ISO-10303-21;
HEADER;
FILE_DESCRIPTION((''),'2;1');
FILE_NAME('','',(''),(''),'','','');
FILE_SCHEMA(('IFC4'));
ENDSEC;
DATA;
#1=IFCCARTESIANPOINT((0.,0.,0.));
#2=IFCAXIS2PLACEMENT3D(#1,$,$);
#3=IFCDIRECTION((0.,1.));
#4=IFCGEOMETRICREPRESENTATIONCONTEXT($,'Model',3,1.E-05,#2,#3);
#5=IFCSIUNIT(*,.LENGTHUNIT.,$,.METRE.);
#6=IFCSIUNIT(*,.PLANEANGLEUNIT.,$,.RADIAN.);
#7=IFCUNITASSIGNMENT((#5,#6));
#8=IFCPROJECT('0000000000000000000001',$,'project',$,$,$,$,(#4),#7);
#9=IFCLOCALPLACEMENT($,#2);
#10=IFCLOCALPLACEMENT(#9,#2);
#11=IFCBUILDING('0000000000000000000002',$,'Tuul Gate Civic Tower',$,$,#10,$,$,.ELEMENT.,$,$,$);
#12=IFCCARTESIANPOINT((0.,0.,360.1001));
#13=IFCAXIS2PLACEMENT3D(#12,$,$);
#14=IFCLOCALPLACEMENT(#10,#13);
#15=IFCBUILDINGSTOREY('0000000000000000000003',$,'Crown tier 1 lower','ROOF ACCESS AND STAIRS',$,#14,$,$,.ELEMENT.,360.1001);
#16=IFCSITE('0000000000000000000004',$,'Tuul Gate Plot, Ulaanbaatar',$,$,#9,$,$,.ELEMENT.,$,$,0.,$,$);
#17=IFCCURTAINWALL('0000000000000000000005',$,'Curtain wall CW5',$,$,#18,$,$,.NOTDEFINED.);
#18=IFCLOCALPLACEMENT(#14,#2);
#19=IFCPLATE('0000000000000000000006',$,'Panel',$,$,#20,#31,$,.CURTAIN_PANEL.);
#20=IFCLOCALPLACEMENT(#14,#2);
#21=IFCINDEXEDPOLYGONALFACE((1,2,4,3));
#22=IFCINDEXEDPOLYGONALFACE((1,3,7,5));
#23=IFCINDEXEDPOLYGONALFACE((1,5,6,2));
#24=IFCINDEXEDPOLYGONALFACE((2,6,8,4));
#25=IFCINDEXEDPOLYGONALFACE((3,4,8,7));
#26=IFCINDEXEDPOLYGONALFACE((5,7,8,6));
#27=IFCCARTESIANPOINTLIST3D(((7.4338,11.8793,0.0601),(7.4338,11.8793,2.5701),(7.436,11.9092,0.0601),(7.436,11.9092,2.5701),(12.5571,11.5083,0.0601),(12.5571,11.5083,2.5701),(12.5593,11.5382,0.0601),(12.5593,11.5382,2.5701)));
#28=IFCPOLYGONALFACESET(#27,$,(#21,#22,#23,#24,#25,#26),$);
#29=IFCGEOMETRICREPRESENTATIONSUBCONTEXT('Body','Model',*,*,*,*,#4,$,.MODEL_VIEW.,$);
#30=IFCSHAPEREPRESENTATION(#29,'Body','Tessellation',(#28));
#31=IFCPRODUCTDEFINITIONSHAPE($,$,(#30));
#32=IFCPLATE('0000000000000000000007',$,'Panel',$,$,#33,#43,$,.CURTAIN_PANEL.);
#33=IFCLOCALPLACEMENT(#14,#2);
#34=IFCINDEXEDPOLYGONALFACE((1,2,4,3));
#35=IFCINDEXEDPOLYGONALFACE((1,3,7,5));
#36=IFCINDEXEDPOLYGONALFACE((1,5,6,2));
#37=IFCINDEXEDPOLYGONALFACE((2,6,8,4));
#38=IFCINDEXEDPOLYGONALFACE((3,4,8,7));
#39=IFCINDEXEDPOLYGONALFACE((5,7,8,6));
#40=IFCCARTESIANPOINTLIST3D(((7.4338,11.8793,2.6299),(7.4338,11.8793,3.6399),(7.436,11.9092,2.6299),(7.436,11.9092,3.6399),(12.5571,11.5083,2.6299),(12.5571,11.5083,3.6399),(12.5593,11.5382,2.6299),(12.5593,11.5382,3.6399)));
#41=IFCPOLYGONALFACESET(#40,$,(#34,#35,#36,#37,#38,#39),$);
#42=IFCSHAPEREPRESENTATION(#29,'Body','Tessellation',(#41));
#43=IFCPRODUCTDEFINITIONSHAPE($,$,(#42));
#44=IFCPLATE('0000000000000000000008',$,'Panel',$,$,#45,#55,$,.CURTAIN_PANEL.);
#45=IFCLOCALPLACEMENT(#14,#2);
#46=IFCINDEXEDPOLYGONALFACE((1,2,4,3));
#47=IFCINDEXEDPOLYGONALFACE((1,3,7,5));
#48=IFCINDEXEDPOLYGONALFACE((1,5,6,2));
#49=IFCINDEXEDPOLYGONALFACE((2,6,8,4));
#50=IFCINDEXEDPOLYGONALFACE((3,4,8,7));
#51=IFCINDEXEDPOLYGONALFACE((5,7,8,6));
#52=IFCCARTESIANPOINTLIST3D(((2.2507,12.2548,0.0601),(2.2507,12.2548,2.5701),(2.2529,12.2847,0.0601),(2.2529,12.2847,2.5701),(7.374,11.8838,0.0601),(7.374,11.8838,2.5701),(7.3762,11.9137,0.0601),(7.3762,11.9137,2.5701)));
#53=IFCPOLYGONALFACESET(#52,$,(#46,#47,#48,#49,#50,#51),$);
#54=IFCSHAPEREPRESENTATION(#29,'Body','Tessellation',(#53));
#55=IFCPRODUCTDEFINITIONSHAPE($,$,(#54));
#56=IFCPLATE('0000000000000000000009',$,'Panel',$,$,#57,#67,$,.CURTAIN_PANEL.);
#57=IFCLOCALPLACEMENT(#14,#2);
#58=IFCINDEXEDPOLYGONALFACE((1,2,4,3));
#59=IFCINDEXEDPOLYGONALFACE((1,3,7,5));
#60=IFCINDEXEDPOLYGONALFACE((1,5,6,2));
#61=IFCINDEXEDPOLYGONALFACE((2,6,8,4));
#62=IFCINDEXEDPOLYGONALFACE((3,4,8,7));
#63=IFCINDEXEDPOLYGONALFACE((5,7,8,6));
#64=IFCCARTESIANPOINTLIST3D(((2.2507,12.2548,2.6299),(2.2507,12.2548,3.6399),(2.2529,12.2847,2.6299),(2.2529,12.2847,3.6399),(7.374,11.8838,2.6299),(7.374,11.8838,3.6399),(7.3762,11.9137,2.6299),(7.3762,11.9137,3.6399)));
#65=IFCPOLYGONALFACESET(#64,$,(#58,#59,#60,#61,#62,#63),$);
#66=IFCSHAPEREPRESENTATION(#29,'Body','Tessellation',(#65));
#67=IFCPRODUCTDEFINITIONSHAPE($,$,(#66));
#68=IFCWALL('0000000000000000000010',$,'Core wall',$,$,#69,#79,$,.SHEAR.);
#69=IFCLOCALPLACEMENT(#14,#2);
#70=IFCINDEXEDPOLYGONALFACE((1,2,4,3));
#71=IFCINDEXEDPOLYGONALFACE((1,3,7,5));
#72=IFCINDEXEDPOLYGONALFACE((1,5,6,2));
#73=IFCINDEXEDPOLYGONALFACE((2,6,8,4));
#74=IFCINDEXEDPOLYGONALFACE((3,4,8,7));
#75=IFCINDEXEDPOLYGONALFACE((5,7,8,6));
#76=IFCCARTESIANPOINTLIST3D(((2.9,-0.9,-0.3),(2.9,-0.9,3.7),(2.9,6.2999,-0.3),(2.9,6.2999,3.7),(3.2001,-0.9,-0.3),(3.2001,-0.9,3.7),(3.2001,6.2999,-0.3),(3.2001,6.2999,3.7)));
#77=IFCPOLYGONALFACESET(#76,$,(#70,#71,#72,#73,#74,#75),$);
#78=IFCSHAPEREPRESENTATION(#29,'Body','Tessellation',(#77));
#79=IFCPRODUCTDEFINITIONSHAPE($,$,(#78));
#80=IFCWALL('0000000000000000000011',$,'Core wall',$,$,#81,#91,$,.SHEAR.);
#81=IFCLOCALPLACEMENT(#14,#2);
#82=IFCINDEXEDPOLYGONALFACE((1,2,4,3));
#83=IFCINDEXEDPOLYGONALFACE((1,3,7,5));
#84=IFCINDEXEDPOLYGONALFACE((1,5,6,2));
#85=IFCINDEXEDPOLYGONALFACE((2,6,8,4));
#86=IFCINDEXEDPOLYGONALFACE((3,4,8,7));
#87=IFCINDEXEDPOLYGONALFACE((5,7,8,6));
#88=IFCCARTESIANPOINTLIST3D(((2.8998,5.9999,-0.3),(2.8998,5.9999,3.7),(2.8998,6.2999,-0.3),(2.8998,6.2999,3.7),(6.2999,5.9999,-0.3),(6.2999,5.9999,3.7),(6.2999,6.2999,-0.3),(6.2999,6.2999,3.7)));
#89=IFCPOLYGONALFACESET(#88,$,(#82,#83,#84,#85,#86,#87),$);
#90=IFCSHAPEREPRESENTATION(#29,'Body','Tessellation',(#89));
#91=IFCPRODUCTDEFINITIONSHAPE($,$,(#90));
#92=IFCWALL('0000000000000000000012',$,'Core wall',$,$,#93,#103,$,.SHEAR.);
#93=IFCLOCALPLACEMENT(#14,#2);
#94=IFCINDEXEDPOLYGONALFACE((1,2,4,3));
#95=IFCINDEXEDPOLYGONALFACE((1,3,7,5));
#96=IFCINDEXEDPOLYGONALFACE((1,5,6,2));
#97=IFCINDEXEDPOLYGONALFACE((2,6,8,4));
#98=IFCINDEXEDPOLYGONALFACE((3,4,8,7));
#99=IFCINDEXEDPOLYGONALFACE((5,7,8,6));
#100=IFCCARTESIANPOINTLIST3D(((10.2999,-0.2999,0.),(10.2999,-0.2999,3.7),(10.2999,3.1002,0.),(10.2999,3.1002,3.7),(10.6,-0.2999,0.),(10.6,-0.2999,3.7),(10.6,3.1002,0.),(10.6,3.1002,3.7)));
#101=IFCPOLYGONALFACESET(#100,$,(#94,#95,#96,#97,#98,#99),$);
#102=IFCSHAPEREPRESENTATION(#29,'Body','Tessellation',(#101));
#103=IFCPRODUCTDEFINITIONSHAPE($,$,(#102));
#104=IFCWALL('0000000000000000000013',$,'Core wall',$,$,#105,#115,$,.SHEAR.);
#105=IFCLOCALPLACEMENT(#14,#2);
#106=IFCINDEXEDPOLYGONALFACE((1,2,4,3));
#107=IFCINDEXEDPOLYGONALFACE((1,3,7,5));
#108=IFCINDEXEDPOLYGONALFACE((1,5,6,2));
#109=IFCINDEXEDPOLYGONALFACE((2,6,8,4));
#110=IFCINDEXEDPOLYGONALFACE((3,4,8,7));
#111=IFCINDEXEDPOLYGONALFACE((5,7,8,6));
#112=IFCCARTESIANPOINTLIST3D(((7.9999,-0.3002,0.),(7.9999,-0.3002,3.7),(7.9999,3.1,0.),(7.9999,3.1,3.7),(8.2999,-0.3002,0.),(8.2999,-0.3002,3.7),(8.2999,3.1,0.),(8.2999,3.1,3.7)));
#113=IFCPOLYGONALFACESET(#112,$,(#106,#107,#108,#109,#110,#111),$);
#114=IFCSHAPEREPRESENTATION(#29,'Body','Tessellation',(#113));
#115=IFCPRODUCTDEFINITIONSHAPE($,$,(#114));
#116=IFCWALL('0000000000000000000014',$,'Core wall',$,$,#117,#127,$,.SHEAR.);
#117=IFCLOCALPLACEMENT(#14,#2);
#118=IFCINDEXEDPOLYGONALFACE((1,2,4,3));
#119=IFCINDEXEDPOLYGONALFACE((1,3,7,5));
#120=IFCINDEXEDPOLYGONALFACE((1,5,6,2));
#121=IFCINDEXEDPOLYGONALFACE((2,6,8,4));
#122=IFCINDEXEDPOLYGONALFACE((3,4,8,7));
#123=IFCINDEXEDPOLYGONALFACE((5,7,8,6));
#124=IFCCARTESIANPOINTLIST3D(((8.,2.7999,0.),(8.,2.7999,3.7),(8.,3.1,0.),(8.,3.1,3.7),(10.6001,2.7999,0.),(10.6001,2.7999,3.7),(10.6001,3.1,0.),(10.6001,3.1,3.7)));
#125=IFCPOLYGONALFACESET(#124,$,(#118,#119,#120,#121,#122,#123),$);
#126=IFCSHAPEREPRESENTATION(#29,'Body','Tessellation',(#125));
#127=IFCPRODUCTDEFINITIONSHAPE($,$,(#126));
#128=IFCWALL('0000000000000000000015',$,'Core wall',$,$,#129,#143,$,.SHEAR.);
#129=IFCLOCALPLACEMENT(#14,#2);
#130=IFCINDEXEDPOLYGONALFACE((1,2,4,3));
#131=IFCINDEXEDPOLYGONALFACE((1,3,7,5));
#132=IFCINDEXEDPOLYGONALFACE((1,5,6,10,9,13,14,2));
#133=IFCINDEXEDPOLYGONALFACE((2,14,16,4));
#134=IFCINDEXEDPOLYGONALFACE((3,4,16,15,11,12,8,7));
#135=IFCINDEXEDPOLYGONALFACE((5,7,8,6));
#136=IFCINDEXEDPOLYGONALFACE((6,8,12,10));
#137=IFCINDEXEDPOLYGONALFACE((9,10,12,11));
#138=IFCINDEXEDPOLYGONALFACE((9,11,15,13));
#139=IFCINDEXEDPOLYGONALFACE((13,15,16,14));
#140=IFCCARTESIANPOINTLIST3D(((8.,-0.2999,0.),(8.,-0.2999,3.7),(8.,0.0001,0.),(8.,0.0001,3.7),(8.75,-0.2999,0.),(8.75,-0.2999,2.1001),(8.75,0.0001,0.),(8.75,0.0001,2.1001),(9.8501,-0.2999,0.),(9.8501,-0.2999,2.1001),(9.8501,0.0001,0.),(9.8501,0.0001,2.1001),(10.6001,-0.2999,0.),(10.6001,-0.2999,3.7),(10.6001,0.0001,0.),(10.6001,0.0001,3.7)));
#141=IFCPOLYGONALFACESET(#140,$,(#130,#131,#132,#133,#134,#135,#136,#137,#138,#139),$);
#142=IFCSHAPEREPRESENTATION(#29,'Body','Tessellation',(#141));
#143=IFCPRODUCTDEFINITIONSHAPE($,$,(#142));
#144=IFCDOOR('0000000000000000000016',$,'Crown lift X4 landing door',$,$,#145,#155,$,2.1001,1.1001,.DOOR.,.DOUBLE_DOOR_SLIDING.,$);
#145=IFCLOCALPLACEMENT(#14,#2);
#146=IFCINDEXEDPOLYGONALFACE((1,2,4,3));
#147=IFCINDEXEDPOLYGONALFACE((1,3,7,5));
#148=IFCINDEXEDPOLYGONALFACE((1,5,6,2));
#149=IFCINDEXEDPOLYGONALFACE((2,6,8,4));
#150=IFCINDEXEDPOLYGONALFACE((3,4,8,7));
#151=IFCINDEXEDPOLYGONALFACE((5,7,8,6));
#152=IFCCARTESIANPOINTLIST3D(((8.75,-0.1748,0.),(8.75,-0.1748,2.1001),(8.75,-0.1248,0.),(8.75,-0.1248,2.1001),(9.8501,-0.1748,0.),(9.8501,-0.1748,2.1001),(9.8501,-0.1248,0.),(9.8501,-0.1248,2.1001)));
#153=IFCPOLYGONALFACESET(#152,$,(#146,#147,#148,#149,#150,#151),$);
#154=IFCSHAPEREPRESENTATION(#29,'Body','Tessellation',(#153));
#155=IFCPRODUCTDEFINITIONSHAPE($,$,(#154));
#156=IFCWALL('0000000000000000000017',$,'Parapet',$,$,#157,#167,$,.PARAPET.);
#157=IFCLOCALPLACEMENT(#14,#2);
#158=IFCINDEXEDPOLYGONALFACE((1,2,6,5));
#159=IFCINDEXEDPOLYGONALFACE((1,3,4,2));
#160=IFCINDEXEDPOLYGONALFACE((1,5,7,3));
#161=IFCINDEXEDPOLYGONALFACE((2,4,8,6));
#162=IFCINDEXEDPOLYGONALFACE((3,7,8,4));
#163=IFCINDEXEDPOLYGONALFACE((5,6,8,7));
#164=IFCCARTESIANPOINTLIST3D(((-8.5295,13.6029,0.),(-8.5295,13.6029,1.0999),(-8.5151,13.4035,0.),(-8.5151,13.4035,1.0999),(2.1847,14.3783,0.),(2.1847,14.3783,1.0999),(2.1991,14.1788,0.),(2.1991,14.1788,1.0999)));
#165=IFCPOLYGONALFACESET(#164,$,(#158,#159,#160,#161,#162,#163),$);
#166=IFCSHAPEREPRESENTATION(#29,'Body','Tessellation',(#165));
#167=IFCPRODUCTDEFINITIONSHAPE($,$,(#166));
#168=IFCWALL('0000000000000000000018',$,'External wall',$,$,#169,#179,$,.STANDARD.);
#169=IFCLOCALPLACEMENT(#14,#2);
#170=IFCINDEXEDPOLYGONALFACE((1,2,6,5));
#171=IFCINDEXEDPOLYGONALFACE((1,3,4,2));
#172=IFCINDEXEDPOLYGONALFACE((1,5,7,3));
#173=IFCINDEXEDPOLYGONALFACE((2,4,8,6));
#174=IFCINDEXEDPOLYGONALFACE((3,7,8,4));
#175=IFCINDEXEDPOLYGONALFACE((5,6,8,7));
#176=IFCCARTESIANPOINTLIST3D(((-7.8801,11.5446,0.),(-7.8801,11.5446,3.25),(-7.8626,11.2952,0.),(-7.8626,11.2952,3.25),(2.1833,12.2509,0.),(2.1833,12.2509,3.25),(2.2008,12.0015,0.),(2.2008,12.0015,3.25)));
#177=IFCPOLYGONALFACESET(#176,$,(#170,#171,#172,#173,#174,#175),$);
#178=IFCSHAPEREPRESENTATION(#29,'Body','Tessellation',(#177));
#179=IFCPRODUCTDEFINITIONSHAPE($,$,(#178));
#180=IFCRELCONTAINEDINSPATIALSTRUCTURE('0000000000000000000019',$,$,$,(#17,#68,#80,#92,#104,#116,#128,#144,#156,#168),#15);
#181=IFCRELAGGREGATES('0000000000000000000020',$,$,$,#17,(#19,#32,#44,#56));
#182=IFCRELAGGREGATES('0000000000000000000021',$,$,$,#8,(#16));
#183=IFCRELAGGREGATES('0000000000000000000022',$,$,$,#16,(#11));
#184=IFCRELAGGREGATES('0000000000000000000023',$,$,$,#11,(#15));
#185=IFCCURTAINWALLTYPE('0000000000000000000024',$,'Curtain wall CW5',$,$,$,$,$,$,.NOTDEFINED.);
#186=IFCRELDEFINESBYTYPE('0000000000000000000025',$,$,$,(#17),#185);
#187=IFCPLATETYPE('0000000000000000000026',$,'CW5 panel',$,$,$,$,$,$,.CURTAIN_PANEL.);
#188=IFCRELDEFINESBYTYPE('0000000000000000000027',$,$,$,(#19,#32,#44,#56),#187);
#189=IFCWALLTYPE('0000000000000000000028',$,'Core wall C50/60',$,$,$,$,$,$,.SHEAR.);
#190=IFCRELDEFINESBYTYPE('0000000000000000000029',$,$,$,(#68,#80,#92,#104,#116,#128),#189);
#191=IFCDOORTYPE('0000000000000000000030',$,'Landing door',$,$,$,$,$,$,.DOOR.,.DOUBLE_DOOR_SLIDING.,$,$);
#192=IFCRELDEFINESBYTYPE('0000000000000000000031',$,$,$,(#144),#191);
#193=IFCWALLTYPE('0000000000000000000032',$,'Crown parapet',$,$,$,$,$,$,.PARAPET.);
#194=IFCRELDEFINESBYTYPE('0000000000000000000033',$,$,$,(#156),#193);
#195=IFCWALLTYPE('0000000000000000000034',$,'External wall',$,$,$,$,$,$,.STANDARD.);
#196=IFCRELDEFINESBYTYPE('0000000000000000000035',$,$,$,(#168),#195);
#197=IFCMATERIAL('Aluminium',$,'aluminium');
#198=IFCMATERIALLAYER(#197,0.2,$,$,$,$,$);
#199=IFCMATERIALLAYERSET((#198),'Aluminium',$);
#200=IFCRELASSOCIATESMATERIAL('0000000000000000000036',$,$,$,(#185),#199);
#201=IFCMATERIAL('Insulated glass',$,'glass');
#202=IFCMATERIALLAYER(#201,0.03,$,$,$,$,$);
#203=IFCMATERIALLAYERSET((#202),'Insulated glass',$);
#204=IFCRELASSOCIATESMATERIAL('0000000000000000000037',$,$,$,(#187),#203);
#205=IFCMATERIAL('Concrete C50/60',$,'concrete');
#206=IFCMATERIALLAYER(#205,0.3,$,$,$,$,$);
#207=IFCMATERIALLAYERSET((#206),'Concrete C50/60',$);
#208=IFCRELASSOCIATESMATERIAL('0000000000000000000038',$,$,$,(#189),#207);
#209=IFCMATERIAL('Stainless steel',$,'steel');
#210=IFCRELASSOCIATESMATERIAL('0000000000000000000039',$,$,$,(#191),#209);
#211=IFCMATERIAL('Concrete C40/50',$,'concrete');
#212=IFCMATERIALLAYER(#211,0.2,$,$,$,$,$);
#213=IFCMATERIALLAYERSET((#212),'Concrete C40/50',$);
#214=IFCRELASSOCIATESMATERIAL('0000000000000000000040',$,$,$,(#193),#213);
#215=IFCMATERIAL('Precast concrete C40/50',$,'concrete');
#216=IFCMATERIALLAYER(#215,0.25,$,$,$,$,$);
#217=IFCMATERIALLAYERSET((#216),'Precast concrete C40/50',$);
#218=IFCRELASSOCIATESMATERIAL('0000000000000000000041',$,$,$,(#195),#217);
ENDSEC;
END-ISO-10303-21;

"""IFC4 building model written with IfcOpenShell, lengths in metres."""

from ifc_helpers import new_model, si_unit, direction, frame, frame_2d, origin, origin_2d, place, context, subcontext, project, spatial, rectangle, extrude, material, layer, layer_set, type_object, element, fill, aggregate, save


model = new_model("IFC4")

# Units and contexts
model_context = context("Model", 3, precision=1e-05, world=origin(), true_north=direction((0.0, 1.0)))
body_context = subcontext(model_context, "Body", "Model", "MODEL_VIEW")
ifc_project = project(units=[si_unit("LENGTHUNIT", "METRE"), si_unit("PLANEANGLEUNIT", "RADIAN")], contexts=[model_context])

# Site, building, storey
site_placement = place(None, origin())
site = spatial("IfcSite", under=ifc_project, at=site_placement, Name="Tuul Gate Plot, Ulaanbaatar", CompositionType="ELEMENT", RefElevation=0.0)
building_placement = place(site_placement, origin())
building = spatial("IfcBuilding", under=site, at=building_placement, Name="Tuul Gate Civic Tower", CompositionType="ELEMENT")
storey_placement = place(building_placement, frame((0.0, 0.0, 360.1001)))
storey = spatial("IfcBuildingStorey", under=building, at=storey_placement, Name="Crown tier 1 lower", Description="ROOF ACCESS AND STAIRS", CompositionType="ELEMENT", Elevation=360.1001)

# Curtain wall
ifc_material_1 = material(Name="Aluminium", Category="aluminium")
ifc_layer_1 = layer(ifc_material_1, 0.2)
ifc_layer_set_1 = layer_set([ifc_layer_1], Name="Aluminium")
curtain_wall_type = type_object("IfcCurtainWallType", Name="Curtain wall CW5", PredefinedType="NOTDEFINED", material=ifc_layer_set_1)
curtain_wall_1_placement = place(storey_placement, origin())
curtain_wall_1 = element("IfcCurtainWall", 1, at=curtain_wall_1_placement, inside=storey, type_object=curtain_wall_type, Name="Curtain wall CW5", PredefinedType="NOTDEFINED")

# Plates
ifc_material_2 = material(Name="Insulated glass", Category="glass")
ifc_layer_2 = layer(ifc_material_2, 0.03)
ifc_layer_set_2 = layer_set([ifc_layer_2], Name="Insulated glass")
plate_type = type_object("IfcPlateType", Name="CW5 panel", PredefinedType="CURTAIN_PANEL", material=ifc_layer_set_2)
plate_1_placement = place(storey_placement, frame((9.9966, 11.7087, 0.0601), z_axis=(0.0, 0.0, 1.0), x_axis=(-0.997388, 0.072226, 0.0)))
plate_1 = element("IfcPlate", 2, at=plate_1_placement, type_object=plate_type, Name="Panel", PredefinedType="CURTAIN_PANEL", context=body_context, shape_type="SweptSolid", body=[
    extrude(rectangle(XDim=5.1367, YDim=0.03, at=origin_2d()), origin(), (0.0, 0.0, 1.0), 2.51),
])
plate_2_placement = place(storey_placement, frame((9.9966, 11.7087, 2.6299), z_axis=(0.0, 0.0, 1.0), x_axis=(-0.997388, 0.072226, 0.0)))
plate_2 = element("IfcPlate", 3, at=plate_2_placement, type_object=plate_type, Name="Panel", PredefinedType="CURTAIN_PANEL", context=body_context, shape_type="SweptSolid", body=[
    extrude(rectangle(XDim=5.1367, YDim=0.03, at=origin_2d()), origin(), (0.0, 0.0, 1.0), 1.01),
])
plate_3_placement = place(storey_placement, frame((4.8135, 12.0842, 0.0601), z_axis=(0.0, 0.0, 1.0), x_axis=(-0.997388, 0.072226, 0.0)))
plate_3 = element("IfcPlate", 4, at=plate_3_placement, type_object=plate_type, Name="Panel", PredefinedType="CURTAIN_PANEL", context=body_context, shape_type="SweptSolid", body=[
    extrude(rectangle(XDim=5.1367, YDim=0.03, at=origin_2d()), origin(), (0.0, 0.0, 1.0), 2.51),
])
plate_4_placement = place(storey_placement, frame((4.8135, 12.0842, 2.6299), z_axis=(0.0, 0.0, 1.0), x_axis=(-0.997388, 0.072226, 0.0)))
plate_4 = element("IfcPlate", 5, at=plate_4_placement, type_object=plate_type, Name="Panel", PredefinedType="CURTAIN_PANEL", context=body_context, shape_type="SweptSolid", body=[
    extrude(rectangle(XDim=5.1367, YDim=0.03, at=origin_2d()), origin(), (0.0, 0.0, 1.0), 1.01),
])
aggregate(curtain_wall_1, [plate_1, plate_2, plate_3, plate_4])

# Walls
ifc_material_3 = material(Name="Concrete C50/60", Category="concrete")
ifc_layer_3 = layer(ifc_material_3, 0.3)
ifc_layer_set_3 = layer_set([ifc_layer_3], Name="Concrete C50/60")
wall_type_1 = type_object("IfcWallType", Name="Core wall C50/60", PredefinedType="SHEAR", material=ifc_layer_set_3)
wall_1_placement = place(storey_placement, frame((3.05, 6.3, -0.3), z_axis=(0.0, 0.0, 1.0), x_axis=(0.0, -1.0, 0.0)))
element("IfcWall", 6, at=wall_1_placement, inside=storey, type_object=wall_type_1, Name="Core wall", PredefinedType="SHEAR", context=body_context, shape_type="SweptSolid", body=[
    extrude(rectangle(XDim=7.2, YDim=0.3, at=frame_2d((3.6001, 0.0))), origin(), (0.0, 0.0, 1.0), 4.0),
])
wall_2_placement = place(storey_placement, frame((6.3, 6.1499, -0.3), z_axis=(0.0, 0.0, 1.0), x_axis=(-1.0, 0.0, 0.0)))
element("IfcWall", 7, at=wall_2_placement, inside=storey, type_object=wall_type_1, Name="Core wall", PredefinedType="SHEAR", context=body_context, shape_type="SweptSolid", body=[
    extrude(rectangle(XDim=3.4001, YDim=0.3, at=frame_2d((1.7002, 0.0))), origin(), (0.0, 0.0, 1.0), 4.0),
])
for number, where, z_axis, x_axis, name in (
    (8, (10.45, -0.3, 0.0), (0.0, 0.0, 1.0), (0.0, 1.0, 0.0), "Core wall"),
    (9, (8.1499, 3.1001, 0.0), (0.0, 0.0, 1.0), (0.0, -1.0, 0.0), "Core wall"),
):
    element("IfcWall", number, at=place(storey_placement, frame(where, z_axis=z_axis, x_axis=x_axis)), inside=storey, type_object=wall_type_1, Name=name, PredefinedType="SHEAR", context=body_context, shape_type="SweptSolid", body=[
        extrude(rectangle(XDim=3.4001, YDim=0.3, at=frame_2d((1.7002, 0.0))), origin(), (0.0, 0.0, 1.0), 3.7),
    ])
wall_3_placement = place(storey_placement, frame((10.6001, 2.95, 0.0), z_axis=(0.0, 0.0, 1.0), x_axis=(-1.0, 0.0, 0.0)))
element("IfcWall", 10, at=wall_3_placement, inside=storey, type_object=wall_type_1, Name="Core wall", PredefinedType="SHEAR", context=body_context, shape_type="SweptSolid", body=[
    extrude(rectangle(XDim=2.6001, YDim=0.3, at=frame_2d((1.3, 0.0))), origin(), (0.0, 0.0, 1.0), 3.7),
])

# Wall, opening, door
wall_4_placement = place(storey_placement, frame((10.6001, -0.1499, 0.0), z_axis=(0.0, 0.0, 1.0), x_axis=(-1.0, 0.0, 0.0)))
wall_4 = element("IfcWall", 11, at=wall_4_placement, inside=storey, type_object=wall_type_1, Name="Core wall", PredefinedType="SHEAR", context=body_context, shape_type="SweptSolid", body=[
    extrude(rectangle(XDim=2.6001, YDim=0.3, at=frame_2d((1.3, 0.0))), origin(), (0.0, 0.0, 1.0), 3.7),
])
opening_placement = place(wall_4_placement, frame((0.75, 0.0, 0.0)))
opening = element("IfcOpeningElement", 12, at=opening_placement, cuts=wall_4, PredefinedType="OPENING", context=body_context, shape_type="SweptSolid", body=[
    extrude(rectangle(XDim=1.1001, YDim=2.1001, at=frame_2d((0.55, 1.05))), frame((0.0, 0.1602, 0.0), z_axis=(0.0, -1.0, 0.0), x_axis=(1.0, 0.0, 0.0)), (0.0, 0.0, 1.0), 0.3201),
])
ifc_material_4 = material(Name="Stainless steel", Category="steel")
door_type = type_object("IfcDoorType", Name="Landing door", OperationType="DOUBLE_DOOR_SLIDING", PredefinedType="DOOR", material=ifc_material_4)
door_placement = place(opening_placement, origin())
door = element("IfcDoor", 13, at=door_placement, inside=storey, type_object=door_type, Name="Crown lift X4 landing door", OperationType="DOUBLE_DOOR_SLIDING", OverallHeight=2.1001, OverallWidth=1.1001, PredefinedType="DOOR", context=body_context, shape_type="SweptSolid", body=[
    extrude(rectangle(XDim=1.1001, YDim=2.1001, at=frame_2d((0.55, 1.05))), frame((0.0, 0.0249, 0.0), z_axis=(0.0, -1.0, 0.0), x_axis=(1.0, 0.0, 0.0)), (0.0, 0.0, 1.0), 0.05),
])
fill(opening, door)

# Walls
ifc_material_5 = material(Name="Concrete C40/50", Category="concrete")
ifc_layer_4 = layer(ifc_material_5, 0.2)
ifc_layer_set_4 = layer_set([ifc_layer_4], Name="Concrete C40/50")
wall_type_2 = type_object("IfcWallType", Name="Crown parapet", PredefinedType="PARAPET", material=ifc_layer_set_4)
wall_5_placement = place(storey_placement, frame((2.1919, 14.2786, 0.0), z_axis=(0.0, 0.0, 1.0), x_axis=(-0.997391, -0.072182, 0.0)))
element("IfcWall", 14, at=wall_5_placement, inside=storey, type_object=wall_type_2, Name="Parapet", PredefinedType="PARAPET", context=body_context, shape_type="SweptSolid", body=[
    extrude(rectangle(XDim=10.7422, YDim=0.2, at=frame_2d((5.3711, 0.0))), origin(), (0.0, 0.0, 1.0), 1.0999),
])
ifc_material_6 = material(Name="Precast concrete C40/50", Category="concrete")
ifc_layer_5 = layer(ifc_material_6, 0.25)
ifc_layer_set_5 = layer_set([ifc_layer_5], Name="Precast concrete C40/50")
wall_type_3 = type_object("IfcWallType", Name="External wall", PredefinedType="STANDARD", material=ifc_layer_set_5)
wall_6_placement = place(storey_placement, frame((2.1919, 12.1262, 0.0), z_axis=(0.0, 0.0, 1.0), x_axis=(-0.997546, -0.070012, 0.0)))
element("IfcWall", 15, at=wall_6_placement, inside=storey, type_object=wall_type_3, Name="External wall", PredefinedType="STANDARD", context=body_context, shape_type="SweptSolid", body=[
    extrude(rectangle(XDim=10.0881, YDim=0.25, at=frame_2d((5.0439, 0.0))), origin(), (0.0, 0.0, 1.0), 3.25),
])

save(model, "model.ifc")
